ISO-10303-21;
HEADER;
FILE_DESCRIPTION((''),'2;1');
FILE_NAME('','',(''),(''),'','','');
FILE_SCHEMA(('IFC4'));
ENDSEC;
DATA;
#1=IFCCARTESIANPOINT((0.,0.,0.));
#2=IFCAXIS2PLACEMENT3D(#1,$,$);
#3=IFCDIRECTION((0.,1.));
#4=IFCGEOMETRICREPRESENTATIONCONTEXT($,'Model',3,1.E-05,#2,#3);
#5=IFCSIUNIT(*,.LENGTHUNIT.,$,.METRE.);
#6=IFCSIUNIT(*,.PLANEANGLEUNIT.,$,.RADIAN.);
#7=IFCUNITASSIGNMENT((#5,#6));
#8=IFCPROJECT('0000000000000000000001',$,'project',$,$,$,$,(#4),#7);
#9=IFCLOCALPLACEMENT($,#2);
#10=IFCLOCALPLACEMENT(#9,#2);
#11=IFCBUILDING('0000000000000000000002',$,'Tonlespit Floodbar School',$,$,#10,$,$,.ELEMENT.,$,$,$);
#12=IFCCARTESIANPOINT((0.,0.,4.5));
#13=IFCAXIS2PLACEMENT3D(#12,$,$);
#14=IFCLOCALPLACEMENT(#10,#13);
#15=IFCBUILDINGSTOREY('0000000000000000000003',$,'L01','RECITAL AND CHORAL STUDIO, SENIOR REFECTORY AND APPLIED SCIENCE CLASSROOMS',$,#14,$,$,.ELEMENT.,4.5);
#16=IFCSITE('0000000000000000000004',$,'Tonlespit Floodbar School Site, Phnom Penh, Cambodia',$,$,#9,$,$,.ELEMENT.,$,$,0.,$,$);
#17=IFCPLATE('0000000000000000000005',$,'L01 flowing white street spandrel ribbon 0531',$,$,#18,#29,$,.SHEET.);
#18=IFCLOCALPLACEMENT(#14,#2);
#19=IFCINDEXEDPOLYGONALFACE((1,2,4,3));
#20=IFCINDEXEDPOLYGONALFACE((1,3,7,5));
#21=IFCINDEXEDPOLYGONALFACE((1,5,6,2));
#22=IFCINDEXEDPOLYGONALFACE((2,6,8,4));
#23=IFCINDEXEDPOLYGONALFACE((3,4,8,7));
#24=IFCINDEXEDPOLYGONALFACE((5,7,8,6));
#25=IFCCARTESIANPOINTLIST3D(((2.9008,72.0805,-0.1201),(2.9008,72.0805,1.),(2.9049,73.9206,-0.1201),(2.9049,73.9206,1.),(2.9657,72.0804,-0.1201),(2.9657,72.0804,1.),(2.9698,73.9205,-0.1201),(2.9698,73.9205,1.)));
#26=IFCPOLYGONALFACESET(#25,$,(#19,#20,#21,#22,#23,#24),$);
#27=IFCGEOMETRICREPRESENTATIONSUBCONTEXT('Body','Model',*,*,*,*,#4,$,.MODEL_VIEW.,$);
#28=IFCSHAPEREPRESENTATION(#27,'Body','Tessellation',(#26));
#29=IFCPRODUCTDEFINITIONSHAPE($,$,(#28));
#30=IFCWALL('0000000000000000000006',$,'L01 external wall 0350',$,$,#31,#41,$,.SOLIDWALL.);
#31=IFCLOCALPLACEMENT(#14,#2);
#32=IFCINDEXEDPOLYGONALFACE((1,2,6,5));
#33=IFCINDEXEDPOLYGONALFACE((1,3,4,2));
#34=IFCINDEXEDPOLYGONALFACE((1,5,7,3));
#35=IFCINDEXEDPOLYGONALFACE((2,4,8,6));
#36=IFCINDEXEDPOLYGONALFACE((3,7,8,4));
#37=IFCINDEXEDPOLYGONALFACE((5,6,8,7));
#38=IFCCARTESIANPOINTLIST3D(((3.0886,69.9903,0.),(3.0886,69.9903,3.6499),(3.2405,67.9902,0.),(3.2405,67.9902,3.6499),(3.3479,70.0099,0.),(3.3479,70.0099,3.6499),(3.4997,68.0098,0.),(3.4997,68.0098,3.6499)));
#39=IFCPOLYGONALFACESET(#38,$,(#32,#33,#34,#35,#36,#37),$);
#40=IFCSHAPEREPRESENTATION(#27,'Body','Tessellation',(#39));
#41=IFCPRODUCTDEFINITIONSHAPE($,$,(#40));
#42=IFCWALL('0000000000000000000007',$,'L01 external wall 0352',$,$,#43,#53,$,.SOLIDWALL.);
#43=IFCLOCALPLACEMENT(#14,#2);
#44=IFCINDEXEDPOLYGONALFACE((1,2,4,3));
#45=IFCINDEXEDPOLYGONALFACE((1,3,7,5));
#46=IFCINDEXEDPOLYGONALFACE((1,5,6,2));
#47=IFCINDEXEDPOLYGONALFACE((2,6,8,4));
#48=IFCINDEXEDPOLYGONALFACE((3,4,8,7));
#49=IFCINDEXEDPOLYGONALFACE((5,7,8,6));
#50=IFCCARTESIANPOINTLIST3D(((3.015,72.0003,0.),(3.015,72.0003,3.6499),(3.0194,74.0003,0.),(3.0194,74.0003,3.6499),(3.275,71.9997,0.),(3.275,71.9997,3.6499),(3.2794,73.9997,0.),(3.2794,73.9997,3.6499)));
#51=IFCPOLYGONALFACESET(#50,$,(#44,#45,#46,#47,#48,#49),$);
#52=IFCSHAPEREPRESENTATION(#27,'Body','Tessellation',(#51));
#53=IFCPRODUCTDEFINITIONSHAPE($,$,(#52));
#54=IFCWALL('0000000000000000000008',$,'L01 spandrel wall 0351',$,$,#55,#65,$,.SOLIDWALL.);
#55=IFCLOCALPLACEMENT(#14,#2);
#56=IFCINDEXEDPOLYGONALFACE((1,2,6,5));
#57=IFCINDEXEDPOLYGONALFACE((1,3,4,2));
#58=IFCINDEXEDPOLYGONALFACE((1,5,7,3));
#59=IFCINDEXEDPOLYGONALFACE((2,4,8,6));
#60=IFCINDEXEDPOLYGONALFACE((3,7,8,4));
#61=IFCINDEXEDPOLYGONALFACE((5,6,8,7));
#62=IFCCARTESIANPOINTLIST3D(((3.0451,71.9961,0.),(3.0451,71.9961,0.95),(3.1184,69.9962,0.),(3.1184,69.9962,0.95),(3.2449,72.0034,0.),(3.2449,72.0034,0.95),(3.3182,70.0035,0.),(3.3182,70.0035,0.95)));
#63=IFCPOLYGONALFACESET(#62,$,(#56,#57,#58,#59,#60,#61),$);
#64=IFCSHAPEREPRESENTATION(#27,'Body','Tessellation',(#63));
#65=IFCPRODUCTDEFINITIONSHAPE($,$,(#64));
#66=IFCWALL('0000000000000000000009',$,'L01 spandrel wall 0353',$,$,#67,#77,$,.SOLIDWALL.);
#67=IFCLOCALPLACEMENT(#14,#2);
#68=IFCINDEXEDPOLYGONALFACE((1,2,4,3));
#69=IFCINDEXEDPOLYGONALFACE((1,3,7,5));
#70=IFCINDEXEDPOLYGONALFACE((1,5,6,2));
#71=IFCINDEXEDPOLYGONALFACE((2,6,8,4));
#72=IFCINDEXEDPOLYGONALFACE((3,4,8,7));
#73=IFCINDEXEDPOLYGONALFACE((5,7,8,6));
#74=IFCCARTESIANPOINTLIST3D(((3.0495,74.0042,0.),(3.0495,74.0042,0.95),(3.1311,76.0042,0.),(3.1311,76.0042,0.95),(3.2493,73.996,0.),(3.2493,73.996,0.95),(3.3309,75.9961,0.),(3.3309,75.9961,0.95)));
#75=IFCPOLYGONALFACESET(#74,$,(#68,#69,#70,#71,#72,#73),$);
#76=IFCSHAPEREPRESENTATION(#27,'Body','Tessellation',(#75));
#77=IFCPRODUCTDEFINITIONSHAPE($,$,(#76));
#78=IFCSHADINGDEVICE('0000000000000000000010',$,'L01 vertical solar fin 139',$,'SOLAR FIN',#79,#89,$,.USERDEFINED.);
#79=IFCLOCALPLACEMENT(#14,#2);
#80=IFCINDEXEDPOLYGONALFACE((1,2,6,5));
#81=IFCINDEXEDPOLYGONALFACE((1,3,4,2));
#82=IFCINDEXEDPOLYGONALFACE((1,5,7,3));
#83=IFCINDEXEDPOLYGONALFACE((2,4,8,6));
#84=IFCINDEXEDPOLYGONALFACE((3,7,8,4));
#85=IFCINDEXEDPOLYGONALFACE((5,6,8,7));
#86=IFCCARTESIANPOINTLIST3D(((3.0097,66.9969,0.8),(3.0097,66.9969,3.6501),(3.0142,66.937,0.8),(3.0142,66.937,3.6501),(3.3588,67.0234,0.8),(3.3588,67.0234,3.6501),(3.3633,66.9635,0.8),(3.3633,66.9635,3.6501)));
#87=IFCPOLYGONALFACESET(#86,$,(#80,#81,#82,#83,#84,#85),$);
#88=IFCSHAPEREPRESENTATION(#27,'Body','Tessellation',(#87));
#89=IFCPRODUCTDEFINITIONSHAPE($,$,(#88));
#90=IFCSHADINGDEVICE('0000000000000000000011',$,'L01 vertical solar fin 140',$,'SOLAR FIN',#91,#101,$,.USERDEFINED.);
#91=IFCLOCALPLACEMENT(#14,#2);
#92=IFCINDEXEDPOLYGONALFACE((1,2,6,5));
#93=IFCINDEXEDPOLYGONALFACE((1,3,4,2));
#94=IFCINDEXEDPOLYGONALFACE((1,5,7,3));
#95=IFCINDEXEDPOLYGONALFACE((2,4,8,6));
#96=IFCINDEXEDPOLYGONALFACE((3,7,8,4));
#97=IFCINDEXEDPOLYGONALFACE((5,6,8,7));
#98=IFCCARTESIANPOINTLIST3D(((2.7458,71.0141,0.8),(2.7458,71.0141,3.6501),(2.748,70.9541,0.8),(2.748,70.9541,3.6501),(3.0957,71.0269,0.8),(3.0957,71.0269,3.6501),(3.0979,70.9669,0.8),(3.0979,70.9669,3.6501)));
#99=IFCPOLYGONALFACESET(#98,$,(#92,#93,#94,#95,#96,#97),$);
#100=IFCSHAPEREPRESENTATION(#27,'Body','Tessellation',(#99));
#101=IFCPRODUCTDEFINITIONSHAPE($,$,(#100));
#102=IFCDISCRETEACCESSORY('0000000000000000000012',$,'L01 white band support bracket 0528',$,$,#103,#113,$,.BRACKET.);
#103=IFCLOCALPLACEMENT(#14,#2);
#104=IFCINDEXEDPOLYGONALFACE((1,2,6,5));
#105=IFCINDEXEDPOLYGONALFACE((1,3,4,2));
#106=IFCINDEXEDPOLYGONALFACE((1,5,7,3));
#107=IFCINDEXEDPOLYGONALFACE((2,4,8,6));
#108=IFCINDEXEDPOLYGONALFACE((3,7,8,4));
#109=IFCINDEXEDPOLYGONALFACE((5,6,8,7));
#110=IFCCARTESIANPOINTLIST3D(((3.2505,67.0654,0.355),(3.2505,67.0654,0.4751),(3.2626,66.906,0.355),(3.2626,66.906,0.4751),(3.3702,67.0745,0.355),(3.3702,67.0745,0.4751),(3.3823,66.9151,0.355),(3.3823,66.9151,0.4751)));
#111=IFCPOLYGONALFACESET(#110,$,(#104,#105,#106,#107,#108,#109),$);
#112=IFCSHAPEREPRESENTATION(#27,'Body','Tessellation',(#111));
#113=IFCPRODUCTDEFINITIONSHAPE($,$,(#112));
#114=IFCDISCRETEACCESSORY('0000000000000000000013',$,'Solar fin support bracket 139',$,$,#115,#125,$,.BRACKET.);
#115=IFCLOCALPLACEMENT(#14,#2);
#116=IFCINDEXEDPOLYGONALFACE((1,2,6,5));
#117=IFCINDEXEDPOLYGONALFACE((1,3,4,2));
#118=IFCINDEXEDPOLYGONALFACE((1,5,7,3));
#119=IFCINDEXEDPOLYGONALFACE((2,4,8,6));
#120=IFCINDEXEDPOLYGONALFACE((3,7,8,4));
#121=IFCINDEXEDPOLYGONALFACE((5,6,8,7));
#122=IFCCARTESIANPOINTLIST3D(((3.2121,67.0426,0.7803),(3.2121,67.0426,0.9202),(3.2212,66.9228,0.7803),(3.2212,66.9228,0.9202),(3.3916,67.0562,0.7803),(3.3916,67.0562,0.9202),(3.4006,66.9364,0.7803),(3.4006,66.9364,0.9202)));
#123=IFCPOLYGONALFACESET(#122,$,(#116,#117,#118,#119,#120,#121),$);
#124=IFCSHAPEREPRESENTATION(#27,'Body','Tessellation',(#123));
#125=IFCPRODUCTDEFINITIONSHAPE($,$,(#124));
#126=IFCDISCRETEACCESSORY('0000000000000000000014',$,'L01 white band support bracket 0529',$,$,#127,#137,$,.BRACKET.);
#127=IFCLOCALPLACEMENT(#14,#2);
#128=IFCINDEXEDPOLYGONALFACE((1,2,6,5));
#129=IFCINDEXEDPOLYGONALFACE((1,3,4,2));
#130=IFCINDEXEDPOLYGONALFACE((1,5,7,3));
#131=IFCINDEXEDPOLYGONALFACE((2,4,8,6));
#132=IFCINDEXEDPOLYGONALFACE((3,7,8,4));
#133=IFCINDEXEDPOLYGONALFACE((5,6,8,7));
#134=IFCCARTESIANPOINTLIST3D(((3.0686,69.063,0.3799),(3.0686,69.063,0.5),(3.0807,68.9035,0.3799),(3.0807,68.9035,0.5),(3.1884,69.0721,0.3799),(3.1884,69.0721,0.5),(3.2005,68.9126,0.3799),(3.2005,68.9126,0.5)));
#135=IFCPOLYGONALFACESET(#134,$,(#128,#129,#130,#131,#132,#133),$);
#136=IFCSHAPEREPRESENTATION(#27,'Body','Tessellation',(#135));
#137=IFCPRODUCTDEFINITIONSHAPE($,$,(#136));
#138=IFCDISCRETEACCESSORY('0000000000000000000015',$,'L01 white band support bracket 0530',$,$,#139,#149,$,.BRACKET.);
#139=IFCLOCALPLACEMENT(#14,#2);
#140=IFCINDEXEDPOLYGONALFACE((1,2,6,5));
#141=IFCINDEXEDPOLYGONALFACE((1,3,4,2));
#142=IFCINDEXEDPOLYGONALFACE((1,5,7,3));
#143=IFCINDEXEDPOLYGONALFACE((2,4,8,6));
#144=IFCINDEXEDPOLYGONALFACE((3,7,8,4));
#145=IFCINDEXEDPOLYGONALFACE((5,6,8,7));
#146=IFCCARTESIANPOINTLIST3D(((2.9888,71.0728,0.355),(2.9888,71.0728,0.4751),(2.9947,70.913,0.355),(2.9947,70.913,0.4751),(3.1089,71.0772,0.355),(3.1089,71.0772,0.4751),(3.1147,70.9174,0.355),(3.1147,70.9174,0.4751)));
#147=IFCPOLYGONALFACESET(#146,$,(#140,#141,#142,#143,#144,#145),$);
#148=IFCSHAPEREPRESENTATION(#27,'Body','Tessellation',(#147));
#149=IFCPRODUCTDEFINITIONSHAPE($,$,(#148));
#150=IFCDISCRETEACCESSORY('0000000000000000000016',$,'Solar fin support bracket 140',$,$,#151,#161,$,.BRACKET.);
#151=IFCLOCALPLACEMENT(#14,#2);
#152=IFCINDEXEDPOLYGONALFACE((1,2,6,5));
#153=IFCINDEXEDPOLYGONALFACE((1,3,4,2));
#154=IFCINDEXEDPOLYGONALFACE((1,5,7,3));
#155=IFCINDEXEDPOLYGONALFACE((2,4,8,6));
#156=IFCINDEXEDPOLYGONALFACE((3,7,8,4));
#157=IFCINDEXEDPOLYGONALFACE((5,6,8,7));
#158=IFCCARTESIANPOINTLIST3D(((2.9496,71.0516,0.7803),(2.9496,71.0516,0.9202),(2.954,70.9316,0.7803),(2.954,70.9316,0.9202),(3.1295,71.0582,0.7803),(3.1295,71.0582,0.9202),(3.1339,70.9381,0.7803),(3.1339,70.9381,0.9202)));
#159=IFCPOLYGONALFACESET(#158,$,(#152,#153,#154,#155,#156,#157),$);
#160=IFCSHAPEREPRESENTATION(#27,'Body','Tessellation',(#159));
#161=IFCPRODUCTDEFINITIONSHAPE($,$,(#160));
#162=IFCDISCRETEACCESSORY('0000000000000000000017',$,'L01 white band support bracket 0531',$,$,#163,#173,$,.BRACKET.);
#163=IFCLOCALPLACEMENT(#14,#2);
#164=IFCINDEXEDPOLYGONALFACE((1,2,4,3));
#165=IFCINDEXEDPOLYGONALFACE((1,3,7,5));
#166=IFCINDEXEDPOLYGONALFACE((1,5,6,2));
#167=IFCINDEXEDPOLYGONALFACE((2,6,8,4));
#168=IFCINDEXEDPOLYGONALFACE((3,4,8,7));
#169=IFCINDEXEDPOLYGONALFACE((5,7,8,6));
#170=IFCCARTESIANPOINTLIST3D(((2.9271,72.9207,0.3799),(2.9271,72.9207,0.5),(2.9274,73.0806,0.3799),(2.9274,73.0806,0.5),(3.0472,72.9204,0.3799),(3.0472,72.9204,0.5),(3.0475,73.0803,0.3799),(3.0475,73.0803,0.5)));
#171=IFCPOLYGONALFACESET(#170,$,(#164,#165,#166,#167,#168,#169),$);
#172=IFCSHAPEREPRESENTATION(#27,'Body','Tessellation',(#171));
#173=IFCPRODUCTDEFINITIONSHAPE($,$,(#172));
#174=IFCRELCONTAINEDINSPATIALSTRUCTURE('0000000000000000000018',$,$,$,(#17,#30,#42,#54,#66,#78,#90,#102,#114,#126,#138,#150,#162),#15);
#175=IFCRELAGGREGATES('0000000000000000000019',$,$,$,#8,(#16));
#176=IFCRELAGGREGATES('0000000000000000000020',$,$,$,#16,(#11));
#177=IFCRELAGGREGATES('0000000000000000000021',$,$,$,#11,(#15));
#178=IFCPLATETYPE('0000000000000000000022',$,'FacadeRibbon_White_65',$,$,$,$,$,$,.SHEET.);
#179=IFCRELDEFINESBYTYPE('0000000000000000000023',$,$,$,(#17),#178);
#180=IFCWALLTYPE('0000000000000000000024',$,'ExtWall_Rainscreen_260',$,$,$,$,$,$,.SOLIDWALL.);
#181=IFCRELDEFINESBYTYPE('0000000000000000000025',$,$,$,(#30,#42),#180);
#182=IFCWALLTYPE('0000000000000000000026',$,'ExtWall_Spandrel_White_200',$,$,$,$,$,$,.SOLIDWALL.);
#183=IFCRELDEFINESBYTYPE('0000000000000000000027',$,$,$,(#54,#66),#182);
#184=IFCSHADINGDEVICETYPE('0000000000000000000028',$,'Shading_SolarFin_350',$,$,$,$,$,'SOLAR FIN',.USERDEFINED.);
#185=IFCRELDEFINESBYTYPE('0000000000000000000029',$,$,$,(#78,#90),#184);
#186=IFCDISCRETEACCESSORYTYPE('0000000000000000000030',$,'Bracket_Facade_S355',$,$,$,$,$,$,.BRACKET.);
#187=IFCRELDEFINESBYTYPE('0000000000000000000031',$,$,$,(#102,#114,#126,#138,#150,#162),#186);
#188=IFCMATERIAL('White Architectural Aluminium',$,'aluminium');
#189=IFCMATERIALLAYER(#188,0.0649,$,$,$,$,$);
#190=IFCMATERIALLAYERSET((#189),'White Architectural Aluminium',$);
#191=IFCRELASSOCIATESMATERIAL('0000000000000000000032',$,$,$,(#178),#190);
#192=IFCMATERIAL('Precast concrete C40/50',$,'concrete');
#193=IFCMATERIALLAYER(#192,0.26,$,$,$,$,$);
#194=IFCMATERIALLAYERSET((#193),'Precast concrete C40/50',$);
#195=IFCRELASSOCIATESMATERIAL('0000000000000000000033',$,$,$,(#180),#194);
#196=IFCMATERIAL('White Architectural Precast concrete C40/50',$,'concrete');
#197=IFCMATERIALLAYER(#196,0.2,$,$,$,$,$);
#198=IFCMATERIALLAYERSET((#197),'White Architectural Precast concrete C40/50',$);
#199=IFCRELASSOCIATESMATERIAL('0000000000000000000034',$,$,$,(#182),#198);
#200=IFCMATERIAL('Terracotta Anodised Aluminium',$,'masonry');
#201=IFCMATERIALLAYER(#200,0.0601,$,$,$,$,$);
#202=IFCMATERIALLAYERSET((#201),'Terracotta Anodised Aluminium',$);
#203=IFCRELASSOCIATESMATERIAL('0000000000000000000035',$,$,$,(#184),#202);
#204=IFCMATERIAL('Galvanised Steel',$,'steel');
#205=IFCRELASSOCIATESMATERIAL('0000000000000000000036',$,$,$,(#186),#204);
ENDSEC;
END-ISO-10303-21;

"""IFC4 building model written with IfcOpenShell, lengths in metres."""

from ifc_helpers import new_model, si_unit, direction, frame, frame_2d, origin, origin_2d, place, context, subcontext, project, spatial, rectangle, extrude, material, layer, layer_set, type_object, element, save


model = new_model("IFC4")

# Units and contexts
model_context = context("Model", 3, precision=1e-05, world=origin(), true_north=direction((0.0, 1.0)))
body_context = subcontext(model_context, "Body", "Model", "MODEL_VIEW")
ifc_project = project(units=[si_unit("LENGTHUNIT", "METRE"), si_unit("PLANEANGLEUNIT", "RADIAN")], contexts=[model_context])

# Site, building, storey
site_placement = place(None, origin())
site = spatial("IfcSite", under=ifc_project, at=site_placement, Name="Tonlespit Floodbar School Site, Phnom Penh, Cambodia", CompositionType="ELEMENT", RefElevation=0.0)
building_placement = place(site_placement, origin())
building = spatial("IfcBuilding", under=site, at=building_placement, Name="Tonlespit Floodbar School", CompositionType="ELEMENT")
storey_placement = place(building_placement, frame((0.0, 0.0, 4.5)))
storey = spatial("IfcBuildingStorey", under=building, at=storey_placement, Name="L01", Description="RECITAL AND CHORAL STUDIO, SENIOR REFECTORY AND APPLIED SCIENCE CLASSROOMS", CompositionType="ELEMENT", Elevation=4.5)

# Plate
ifc_material_1 = material(Name="White Architectural Aluminium", Category="aluminium")
ifc_layer_1 = layer(ifc_material_1, 0.0649)
ifc_layer_set_1 = layer_set([ifc_layer_1], Name="White Architectural Aluminium")
plate_type_1 = type_object("IfcPlateType", Name="FacadeRibbon_White_65", PredefinedType="SHEET", material=ifc_layer_set_1)
plate_1_placement = place(storey_placement, frame((2.9353, 73.0005, -0.1201), z_axis=(0.0, 0.0, 1.0), x_axis=(0.002201, 0.999998, 0.0)))
element("IfcPlate", 1, at=plate_1_placement, inside=storey, type_object=plate_type_1, Name="L01 flowing white street spandrel ribbon 0531", PredefinedType="SHEET", context=body_context, shape_type="SweptSolid", body=[
    extrude(rectangle(XDim=1.8401, YDim=0.0649, at=origin_2d()), origin(), (0.0, 0.0, 1.0), 1.1201),
])

# Walls
ifc_material_2 = material(Name="Precast concrete C40/50", Category="concrete")
ifc_layer_2 = layer(ifc_material_2, 0.26)
ifc_layer_set_2 = layer_set([ifc_layer_2], Name="Precast concrete C40/50")
wall_type_1 = type_object("IfcWallType", Name="ExtWall_Rainscreen_260", PredefinedType="SOLIDWALL", material=ifc_layer_set_2)
wall_1_placement = place(storey_placement, frame((3.3701, 68.0, 0.0), z_axis=(0.0, 0.0, 1.0), x_axis=(-0.07571, 0.99713, 0.0)))
element("IfcWall", 2, at=wall_1_placement, inside=storey, type_object=wall_type_1, Name="L01 external wall 0350", PredefinedType="SOLIDWALL", context=body_context, shape_type="SweptSolid", body=[
    extrude(rectangle(XDim=2.0059, YDim=0.26, at=frame_2d((1.0029, 0.0))), origin(), (0.0, 0.0, 1.0), 3.6499),
])
wall_2_placement = place(storey_placement, frame((3.145, 72.0, 0.0), z_axis=(0.0, 0.0, 1.0), x_axis=(0.002197, 0.999998, 0.0)))
element("IfcWall", 3, at=wall_2_placement, inside=storey, type_object=wall_type_1, Name="L01 external wall 0352", PredefinedType="SOLIDWALL", context=body_context, shape_type="SweptSolid", body=[
    extrude(rectangle(XDim=2.0, YDim=0.26, at=frame_2d((1.0, 0.0))), origin(), (0.0, 0.0, 1.0), 3.6499),
])
ifc_material_3 = material(Name="White Architectural Precast concrete C40/50", Category="concrete")
ifc_layer_3 = layer(ifc_material_3, 0.2)
ifc_layer_set_3 = layer_set([ifc_layer_3], Name="White Architectural Precast concrete C40/50")
wall_type_2 = type_object("IfcWallType", Name="ExtWall_Spandrel_White_200", PredefinedType="SOLIDWALL", material=ifc_layer_set_3)
wall_3_placement = place(storey_placement, frame((3.2183, 70.0, 0.0), z_axis=(0.0, 0.0, 1.0), x_axis=(-0.036597, 0.99933, 0.0)))
element("IfcWall", 4, at=wall_3_placement, inside=storey, type_object=wall_type_2, Name="L01 spandrel wall 0351", PredefinedType="SOLIDWALL", context=body_context, shape_type="SweptSolid", body=[
    extrude(rectangle(XDim=2.0012, YDim=0.2, at=frame_2d((1.0005, 0.0))), origin(), (0.0, 0.0, 1.0), 0.95),
])
wall_4_placement = place(storey_placement, frame((3.1494, 74.0, 0.0), z_axis=(0.0, 0.0, 1.0), x_axis=(0.040738, 0.99917, 0.0)))
element("IfcWall", 5, at=wall_4_placement, inside=storey, type_object=wall_type_2, Name="L01 spandrel wall 0353", PredefinedType="SOLIDWALL", context=body_context, shape_type="SweptSolid", body=[
    extrude(rectangle(XDim=2.0017, YDim=0.2, at=frame_2d((1.001, 0.0))), origin(), (0.0, 0.0, 1.0), 0.95),
])

# Shading devices
ifc_material_4 = material(Name="Terracotta Anodised Aluminium", Category="masonry")
ifc_layer_4 = layer(ifc_material_4, 0.0601)
ifc_layer_set_4 = layer_set([ifc_layer_4], Name="Terracotta Anodised Aluminium")
shading_device_type = type_object("IfcShadingDeviceType", Name="Shading_SolarFin_350", ElementType="SOLAR FIN", PredefinedType="USERDEFINED", material=ifc_layer_set_4)
for number, where, z_axis, x_axis, name in (
    (6, (3.1865, 66.9802, 0.8), (0.0, 0.0, 1.0), (-0.075682, 0.997132, 0.0), "L01 vertical solar fin 139"),
    (7, (2.9219, 70.9905, 0.8), (0.0, 0.0, 1.0), (-0.036576, 0.999331, 0.0), "L01 vertical solar fin 140"),
):
    element("IfcShadingDevice", number, at=place(storey_placement, frame(where, z_axis=z_axis, x_axis=x_axis)), inside=storey, type_object=shading_device_type, Name=name, ObjectType="SOLAR FIN", PredefinedType="USERDEFINED", context=body_context, shape_type="SweptSolid", body=[
        extrude(rectangle(XDim=0.0601, YDim=0.3501, at=origin_2d()), origin(), (0.0, 0.0, 1.0), 2.8501),
    ])

# Discrete accessories
ifc_material_5 = material(Name="Galvanised Steel", Category="steel")
discrete_accessory_type = type_object("IfcDiscreteAccessoryType", Name="Bracket_Facade_S355", PredefinedType="BRACKET", material=ifc_material_5)
discrete_accessory_1_placement = place(storey_placement, frame((3.3164, 66.9902, 0.355), z_axis=(0.0, 0.0, 1.0), x_axis=(-0.075682, 0.997132, 0.0)))
element("IfcDiscreteAccessory", 8, at=discrete_accessory_1_placement, inside=storey, type_object=discrete_accessory_type, Name="L01 white band support bracket 0528", PredefinedType="BRACKET", context=body_context, shape_type="SweptSolid", body=[
    extrude(rectangle(XDim=0.1599, YDim=0.1201, at=origin_2d()), origin(), (0.0, 0.0, 1.0), 0.1201),
])
discrete_accessory_2_placement = place(storey_placement, frame((3.3064, 66.9895, 0.7803), z_axis=(0.0, 0.0, 1.0), x_axis=(-0.075682, 0.997132, 0.0)))
element("IfcDiscreteAccessory", 9, at=discrete_accessory_2_placement, inside=storey, type_object=discrete_accessory_type, Name="Solar fin support bracket 139", PredefinedType="BRACKET", context=body_context, shape_type="SweptSolid", body=[
    extrude(rectangle(XDim=0.1201, YDim=0.1799, at=origin_2d()), origin(), (0.0, 0.0, 1.0), 0.1399),
])
for number, where, z_axis, x_axis, name in (
    (10, (3.1345, 68.9878, 0.3799), (0.0, 0.0, 1.0), (-0.075682, 0.997132, 0.0), "L01 white band support bracket 0529"),
    (11, (3.0518, 70.9951, 0.355), (0.0, 0.0, 1.0), (-0.036576, 0.999331, 0.0), "L01 white band support bracket 0530"),
):
    element("IfcDiscreteAccessory", number, at=place(storey_placement, frame(where, z_axis=z_axis, x_axis=x_axis)), inside=storey, type_object=discrete_accessory_type, Name=name, PredefinedType="BRACKET", context=body_context, shape_type="SweptSolid", body=[
        extrude(rectangle(XDim=0.1599, YDim=0.1201, at=origin_2d()), origin(), (0.0, 0.0, 1.0), 0.1201),
    ])
discrete_accessory_3_placement = place(storey_placement, frame((3.0417, 70.9949, 0.7803), z_axis=(0.0, 0.0, 1.0), x_axis=(-0.036576, 0.999331, 0.0)))
element("IfcDiscreteAccessory", 12, at=discrete_accessory_3_placement, inside=storey, type_object=discrete_accessory_type, Name="Solar fin support bracket 140", PredefinedType="BRACKET", context=body_context, shape_type="SweptSolid", body=[
    extrude(rectangle(XDim=0.1201, YDim=0.1799, at=origin_2d()), origin(), (0.0, 0.0, 1.0), 0.1399),
])
discrete_accessory_4_placement = place(storey_placement, frame((2.9873, 73.0005, 0.3799), z_axis=(0.0, 0.0, 1.0), x_axis=(0.002201, 0.999998, 0.0)))
element("IfcDiscreteAccessory", 13, at=discrete_accessory_4_placement, inside=storey, type_object=discrete_accessory_type, Name="L01 white band support bracket 0531", PredefinedType="BRACKET", context=body_context, shape_type="SweptSolid", body=[
    extrude(rectangle(XDim=0.1599, YDim=0.1201, at=origin_2d()), origin(), (0.0, 0.0, 1.0), 0.1201),
])

save(model, "model.ifc")
